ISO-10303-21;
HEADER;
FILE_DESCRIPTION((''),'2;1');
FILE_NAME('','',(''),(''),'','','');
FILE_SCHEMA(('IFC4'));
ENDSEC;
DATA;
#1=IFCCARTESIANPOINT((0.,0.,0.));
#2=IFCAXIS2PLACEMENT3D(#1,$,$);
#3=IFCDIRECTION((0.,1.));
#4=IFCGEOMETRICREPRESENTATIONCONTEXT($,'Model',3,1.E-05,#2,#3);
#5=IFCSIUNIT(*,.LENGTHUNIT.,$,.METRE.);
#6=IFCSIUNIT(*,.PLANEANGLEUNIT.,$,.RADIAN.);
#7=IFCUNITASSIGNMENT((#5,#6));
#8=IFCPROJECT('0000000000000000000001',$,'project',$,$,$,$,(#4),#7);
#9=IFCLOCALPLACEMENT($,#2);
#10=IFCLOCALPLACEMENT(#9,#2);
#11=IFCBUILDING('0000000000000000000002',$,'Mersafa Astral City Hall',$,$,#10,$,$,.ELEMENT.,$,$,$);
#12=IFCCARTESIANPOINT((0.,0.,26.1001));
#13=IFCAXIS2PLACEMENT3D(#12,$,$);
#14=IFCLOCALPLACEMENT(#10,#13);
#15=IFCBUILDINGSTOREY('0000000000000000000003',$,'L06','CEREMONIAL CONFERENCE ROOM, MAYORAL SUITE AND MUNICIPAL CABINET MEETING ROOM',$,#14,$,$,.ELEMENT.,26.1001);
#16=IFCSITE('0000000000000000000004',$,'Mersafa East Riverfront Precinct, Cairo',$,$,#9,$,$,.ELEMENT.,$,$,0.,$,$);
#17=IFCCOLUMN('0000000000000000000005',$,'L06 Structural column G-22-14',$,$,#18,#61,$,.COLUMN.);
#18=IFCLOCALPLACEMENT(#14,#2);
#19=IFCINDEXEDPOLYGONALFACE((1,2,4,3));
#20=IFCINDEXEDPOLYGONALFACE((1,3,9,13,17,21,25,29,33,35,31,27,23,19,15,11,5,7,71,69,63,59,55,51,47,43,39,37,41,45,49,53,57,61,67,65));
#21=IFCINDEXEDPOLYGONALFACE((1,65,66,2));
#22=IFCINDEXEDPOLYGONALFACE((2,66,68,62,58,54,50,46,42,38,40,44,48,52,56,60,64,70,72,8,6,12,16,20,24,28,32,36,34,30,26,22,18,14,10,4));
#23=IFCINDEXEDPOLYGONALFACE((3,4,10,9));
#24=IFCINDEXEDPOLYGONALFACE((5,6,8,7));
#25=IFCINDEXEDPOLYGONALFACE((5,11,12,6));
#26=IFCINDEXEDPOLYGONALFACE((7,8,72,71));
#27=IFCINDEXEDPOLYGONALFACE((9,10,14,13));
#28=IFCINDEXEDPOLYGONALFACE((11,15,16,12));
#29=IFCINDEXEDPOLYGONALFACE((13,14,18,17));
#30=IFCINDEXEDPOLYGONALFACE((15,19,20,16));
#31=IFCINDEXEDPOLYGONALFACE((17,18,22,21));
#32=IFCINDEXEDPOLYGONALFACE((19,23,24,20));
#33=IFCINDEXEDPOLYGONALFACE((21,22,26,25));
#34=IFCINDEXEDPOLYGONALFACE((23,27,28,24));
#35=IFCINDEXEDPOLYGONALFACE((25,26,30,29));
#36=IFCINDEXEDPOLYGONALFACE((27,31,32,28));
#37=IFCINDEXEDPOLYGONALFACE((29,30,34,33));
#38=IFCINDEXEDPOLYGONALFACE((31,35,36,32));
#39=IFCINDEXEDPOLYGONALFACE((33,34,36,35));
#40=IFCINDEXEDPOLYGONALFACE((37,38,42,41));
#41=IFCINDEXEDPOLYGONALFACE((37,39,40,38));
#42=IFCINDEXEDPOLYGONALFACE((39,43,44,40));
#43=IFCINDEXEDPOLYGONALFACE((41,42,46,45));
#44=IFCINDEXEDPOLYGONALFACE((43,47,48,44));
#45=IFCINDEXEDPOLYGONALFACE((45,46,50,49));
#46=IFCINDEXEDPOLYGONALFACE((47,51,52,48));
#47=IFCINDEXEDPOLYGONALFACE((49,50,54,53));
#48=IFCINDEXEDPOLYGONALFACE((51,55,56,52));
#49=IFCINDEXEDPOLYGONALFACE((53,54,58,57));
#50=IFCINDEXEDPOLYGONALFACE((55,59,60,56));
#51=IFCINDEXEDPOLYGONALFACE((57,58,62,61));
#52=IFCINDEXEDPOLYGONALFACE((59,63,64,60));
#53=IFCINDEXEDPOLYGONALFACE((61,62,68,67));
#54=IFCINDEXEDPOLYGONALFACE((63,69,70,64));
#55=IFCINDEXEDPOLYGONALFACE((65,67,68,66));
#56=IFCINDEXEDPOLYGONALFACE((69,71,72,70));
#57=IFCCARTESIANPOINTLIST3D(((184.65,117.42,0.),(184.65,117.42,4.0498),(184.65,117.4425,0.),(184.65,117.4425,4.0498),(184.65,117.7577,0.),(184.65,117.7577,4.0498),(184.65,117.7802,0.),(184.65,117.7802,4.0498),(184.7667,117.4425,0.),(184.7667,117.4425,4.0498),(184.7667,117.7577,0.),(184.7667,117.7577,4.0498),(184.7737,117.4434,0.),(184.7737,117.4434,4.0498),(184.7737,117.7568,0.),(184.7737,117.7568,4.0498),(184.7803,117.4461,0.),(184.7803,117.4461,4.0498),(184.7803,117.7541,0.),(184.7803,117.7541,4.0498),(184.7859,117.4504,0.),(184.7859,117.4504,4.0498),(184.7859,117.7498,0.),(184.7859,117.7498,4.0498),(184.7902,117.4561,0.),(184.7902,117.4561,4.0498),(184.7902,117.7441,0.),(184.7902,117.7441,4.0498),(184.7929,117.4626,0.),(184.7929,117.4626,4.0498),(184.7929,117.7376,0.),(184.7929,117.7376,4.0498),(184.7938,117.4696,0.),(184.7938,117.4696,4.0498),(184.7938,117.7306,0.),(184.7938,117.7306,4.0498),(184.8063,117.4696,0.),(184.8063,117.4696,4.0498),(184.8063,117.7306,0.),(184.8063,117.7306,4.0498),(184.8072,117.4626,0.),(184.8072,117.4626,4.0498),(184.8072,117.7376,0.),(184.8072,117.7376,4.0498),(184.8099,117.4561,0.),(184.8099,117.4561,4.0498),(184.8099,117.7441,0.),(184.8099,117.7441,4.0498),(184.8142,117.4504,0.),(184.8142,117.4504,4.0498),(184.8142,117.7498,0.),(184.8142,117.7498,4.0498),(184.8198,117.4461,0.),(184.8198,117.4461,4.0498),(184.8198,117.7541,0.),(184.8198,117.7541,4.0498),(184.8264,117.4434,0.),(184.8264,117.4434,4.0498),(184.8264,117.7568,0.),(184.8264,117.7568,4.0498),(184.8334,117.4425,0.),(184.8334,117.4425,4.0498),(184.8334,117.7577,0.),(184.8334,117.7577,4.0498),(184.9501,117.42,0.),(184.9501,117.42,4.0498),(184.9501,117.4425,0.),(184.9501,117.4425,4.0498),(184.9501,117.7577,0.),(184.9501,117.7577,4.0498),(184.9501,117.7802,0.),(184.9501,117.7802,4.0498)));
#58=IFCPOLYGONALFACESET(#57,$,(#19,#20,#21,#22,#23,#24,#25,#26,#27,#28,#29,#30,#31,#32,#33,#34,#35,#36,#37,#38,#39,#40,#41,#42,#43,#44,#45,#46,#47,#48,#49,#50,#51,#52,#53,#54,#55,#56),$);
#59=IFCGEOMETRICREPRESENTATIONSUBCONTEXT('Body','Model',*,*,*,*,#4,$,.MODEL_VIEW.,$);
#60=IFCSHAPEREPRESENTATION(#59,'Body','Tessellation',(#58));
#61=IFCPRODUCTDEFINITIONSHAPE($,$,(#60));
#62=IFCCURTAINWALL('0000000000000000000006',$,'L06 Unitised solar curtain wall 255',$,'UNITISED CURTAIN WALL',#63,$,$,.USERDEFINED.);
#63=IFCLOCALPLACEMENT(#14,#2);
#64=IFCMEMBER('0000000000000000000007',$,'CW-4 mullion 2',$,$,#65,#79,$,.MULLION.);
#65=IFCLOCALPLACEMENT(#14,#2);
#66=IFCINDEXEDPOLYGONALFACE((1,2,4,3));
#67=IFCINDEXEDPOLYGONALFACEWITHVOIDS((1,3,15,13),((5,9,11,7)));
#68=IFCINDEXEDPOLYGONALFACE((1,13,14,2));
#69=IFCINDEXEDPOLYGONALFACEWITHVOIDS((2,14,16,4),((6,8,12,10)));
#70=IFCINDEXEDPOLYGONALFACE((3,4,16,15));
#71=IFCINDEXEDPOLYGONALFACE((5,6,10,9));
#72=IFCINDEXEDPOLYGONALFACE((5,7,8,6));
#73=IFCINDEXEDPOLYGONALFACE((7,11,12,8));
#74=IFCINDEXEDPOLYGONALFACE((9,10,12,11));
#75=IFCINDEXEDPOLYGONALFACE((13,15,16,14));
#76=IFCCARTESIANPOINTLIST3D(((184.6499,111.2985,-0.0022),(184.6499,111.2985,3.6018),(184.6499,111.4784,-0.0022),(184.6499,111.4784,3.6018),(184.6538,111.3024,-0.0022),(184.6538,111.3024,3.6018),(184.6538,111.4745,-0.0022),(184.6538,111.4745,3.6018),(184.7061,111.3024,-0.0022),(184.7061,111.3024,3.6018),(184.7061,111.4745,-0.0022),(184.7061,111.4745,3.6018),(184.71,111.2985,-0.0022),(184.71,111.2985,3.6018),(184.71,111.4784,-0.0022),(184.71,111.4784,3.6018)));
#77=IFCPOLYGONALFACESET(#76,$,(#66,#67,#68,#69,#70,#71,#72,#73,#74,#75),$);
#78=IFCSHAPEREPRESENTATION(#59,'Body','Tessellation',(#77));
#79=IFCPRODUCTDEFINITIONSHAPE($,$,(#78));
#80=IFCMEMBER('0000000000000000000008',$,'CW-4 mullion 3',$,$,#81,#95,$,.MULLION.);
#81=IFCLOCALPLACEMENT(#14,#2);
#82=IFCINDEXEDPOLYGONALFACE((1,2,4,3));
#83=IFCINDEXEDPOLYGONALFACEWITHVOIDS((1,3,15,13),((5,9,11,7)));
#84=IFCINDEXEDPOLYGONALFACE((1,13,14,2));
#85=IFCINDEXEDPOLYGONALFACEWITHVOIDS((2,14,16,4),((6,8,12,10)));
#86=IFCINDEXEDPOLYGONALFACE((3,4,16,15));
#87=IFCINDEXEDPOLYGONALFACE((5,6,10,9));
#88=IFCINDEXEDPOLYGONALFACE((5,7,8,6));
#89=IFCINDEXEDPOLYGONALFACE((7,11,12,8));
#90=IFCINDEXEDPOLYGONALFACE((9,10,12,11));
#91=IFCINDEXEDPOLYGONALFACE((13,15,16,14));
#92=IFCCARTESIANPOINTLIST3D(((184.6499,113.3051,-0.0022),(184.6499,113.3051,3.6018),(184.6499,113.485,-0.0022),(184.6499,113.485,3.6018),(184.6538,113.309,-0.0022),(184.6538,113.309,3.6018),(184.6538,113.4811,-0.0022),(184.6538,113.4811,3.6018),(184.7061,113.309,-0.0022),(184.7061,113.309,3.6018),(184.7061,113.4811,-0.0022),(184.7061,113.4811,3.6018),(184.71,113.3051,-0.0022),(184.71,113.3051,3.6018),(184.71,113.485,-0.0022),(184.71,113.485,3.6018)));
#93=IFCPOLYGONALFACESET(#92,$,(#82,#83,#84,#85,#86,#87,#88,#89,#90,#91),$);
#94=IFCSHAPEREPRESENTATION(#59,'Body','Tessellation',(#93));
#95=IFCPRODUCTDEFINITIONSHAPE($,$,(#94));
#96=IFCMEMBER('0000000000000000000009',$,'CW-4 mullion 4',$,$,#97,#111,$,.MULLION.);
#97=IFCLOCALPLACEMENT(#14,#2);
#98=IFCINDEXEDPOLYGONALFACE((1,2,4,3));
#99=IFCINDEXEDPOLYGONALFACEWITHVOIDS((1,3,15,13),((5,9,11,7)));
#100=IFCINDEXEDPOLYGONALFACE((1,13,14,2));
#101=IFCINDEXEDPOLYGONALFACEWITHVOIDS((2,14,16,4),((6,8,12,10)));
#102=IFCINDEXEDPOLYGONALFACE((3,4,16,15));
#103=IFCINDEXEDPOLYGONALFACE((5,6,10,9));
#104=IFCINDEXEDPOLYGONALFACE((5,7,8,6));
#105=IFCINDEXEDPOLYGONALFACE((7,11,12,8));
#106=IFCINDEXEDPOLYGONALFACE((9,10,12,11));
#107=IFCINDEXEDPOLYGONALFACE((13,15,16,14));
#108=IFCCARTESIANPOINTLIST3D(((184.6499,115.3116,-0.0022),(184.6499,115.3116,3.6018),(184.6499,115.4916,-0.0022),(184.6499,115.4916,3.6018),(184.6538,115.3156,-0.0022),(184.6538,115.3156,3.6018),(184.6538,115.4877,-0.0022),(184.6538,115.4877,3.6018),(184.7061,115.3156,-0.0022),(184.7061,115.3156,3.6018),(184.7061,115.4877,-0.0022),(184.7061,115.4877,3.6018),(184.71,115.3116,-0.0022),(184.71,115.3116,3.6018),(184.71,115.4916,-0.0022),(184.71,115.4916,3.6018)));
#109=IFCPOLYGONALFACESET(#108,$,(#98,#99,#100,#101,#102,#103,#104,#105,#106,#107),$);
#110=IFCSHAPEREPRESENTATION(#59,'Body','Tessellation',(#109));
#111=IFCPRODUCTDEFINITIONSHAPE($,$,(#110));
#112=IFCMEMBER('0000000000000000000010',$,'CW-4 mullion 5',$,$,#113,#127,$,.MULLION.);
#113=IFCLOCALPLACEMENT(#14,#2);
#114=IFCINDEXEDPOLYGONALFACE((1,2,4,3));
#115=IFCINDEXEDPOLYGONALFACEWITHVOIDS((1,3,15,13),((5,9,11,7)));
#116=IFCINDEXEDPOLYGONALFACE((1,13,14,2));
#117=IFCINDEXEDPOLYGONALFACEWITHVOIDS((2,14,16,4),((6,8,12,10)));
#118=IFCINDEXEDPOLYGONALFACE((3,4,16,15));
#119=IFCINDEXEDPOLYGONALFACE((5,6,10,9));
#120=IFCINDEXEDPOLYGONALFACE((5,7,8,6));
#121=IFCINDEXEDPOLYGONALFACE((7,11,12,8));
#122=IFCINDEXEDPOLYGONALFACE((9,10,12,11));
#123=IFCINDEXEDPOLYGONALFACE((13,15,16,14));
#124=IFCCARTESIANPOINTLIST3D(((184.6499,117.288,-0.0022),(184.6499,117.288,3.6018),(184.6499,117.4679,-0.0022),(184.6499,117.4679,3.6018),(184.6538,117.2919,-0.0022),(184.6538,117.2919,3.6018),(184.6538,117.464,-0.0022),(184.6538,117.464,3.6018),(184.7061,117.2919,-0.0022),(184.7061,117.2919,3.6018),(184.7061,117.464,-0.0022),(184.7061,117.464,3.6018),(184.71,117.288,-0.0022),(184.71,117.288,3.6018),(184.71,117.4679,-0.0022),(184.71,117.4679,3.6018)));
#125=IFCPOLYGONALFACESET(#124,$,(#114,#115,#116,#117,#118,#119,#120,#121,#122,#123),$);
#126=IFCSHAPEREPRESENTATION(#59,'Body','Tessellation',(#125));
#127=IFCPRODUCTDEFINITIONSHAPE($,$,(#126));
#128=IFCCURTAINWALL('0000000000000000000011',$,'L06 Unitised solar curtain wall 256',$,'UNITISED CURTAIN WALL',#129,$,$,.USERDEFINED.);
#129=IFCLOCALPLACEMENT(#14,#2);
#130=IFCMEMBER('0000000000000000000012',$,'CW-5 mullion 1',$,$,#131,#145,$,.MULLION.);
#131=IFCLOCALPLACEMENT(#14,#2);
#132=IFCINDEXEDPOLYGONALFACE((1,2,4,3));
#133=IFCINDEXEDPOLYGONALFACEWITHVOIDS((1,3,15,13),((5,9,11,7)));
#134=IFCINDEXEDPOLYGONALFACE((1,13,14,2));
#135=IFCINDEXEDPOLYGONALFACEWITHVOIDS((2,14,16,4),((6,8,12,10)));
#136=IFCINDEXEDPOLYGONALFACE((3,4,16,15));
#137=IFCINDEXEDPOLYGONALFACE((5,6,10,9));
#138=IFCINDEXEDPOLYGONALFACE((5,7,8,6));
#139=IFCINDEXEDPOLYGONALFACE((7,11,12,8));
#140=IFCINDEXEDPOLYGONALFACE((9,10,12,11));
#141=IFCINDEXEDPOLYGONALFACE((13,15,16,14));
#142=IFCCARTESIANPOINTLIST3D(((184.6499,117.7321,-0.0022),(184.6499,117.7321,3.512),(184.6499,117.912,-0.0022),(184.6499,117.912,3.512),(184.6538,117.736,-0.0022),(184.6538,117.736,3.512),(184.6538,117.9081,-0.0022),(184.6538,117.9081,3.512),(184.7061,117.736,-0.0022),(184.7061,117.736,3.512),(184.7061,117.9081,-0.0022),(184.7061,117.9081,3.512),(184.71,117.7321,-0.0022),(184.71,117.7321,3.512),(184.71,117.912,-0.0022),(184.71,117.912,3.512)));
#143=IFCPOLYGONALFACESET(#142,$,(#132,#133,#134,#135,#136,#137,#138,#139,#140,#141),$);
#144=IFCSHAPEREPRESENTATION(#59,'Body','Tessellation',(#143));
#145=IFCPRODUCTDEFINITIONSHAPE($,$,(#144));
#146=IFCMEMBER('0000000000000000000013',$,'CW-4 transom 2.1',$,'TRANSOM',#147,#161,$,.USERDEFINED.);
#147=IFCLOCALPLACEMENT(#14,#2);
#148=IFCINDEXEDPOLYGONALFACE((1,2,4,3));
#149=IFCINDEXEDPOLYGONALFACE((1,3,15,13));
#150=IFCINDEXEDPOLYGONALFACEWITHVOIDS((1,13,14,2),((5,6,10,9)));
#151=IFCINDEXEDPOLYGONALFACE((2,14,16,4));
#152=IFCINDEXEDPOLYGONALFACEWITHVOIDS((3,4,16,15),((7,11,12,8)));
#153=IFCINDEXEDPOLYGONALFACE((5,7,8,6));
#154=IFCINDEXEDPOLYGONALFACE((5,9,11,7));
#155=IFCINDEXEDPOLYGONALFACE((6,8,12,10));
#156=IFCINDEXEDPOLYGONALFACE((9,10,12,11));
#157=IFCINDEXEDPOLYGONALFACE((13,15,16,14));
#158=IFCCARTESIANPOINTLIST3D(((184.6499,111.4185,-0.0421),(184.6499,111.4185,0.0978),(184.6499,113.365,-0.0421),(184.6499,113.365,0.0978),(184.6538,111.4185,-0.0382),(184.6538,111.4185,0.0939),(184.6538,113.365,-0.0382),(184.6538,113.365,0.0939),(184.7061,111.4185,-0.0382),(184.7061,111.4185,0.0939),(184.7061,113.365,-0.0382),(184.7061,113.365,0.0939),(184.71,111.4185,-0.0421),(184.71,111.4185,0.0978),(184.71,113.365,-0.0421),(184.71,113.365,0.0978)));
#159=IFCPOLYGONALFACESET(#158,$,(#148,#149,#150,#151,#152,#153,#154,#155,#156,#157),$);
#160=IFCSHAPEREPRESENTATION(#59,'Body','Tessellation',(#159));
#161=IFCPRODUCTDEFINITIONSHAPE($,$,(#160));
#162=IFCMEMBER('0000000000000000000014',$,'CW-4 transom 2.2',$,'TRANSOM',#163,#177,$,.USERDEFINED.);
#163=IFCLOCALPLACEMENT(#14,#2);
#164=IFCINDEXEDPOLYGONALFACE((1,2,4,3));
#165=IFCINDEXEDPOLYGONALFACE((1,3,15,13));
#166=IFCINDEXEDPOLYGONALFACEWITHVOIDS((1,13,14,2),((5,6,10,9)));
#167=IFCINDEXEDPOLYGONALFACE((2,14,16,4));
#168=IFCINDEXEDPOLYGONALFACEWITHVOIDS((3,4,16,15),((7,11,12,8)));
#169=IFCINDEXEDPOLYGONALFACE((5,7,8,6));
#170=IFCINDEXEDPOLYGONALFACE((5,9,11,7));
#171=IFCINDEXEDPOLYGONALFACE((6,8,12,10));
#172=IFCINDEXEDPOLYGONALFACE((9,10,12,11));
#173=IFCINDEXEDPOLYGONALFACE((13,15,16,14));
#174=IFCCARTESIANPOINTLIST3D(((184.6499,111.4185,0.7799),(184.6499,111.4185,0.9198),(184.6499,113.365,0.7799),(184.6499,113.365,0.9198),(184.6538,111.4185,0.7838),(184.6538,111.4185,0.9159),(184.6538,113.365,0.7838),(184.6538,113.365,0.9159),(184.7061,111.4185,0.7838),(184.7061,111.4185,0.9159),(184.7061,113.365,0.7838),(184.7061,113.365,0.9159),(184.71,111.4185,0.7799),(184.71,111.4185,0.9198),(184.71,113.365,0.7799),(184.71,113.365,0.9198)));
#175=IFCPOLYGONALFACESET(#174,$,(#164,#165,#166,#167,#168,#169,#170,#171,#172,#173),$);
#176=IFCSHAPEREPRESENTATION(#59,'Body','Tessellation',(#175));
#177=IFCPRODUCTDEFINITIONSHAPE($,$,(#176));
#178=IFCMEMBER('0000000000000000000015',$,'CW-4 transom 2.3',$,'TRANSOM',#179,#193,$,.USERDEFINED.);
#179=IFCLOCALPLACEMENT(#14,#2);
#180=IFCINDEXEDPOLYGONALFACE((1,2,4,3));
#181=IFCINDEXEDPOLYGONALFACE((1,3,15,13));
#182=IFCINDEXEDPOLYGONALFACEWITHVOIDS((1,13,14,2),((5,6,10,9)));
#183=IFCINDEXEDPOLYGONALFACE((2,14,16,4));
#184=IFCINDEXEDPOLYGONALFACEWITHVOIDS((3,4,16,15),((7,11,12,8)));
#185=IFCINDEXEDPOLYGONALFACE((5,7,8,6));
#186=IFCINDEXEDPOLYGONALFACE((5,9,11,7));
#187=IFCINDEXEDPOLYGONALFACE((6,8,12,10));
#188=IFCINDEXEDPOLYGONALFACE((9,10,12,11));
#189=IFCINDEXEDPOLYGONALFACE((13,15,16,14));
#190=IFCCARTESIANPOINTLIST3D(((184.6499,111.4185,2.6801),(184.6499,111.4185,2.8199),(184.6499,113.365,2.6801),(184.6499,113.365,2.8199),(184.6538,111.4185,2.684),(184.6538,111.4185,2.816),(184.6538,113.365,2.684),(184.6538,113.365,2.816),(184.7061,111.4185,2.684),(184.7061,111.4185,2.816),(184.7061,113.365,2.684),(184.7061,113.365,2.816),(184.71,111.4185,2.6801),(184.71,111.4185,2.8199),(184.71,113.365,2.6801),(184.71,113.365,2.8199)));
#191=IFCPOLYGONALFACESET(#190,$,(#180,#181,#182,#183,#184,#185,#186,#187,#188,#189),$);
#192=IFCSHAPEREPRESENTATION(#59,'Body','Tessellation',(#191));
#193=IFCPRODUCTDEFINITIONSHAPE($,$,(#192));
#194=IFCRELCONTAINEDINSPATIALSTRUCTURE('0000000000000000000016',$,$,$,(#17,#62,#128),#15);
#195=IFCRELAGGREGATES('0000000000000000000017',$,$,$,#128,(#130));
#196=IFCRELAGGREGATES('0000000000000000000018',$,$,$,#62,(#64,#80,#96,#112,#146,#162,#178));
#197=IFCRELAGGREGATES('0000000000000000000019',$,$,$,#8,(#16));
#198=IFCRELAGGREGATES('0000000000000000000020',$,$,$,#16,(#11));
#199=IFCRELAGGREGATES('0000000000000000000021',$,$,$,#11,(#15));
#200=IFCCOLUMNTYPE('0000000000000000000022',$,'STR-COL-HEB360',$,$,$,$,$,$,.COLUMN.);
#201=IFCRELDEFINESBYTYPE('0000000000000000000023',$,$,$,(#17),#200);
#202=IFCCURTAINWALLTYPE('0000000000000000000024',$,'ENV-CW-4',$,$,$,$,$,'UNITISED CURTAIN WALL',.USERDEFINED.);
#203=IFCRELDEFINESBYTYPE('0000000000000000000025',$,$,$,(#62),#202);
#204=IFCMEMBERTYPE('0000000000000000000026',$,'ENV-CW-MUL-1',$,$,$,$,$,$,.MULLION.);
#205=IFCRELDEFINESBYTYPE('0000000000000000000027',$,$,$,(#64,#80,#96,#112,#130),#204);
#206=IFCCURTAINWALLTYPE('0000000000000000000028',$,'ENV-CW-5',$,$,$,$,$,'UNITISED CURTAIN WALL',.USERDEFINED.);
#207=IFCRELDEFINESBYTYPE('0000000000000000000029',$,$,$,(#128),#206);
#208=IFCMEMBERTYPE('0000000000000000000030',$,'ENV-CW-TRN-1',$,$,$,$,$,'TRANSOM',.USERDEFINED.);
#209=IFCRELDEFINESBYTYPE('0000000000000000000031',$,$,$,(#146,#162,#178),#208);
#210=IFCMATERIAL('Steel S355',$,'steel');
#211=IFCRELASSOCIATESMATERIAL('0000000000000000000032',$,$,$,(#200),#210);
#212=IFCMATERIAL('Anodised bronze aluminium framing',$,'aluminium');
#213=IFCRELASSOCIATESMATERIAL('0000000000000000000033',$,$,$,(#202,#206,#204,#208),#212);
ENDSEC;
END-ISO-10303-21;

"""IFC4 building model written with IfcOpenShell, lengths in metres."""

from ifc_helpers import new_model, si_unit, direction, frame, origin, origin_2d, place, context, subcontext, project, spatial, hollow_rectangle, i_section, extrude, material, material_profile, profile_set, type_object, element, aggregate, save


model = new_model("IFC4")

# Units and contexts
model_context = context("Model", 3, precision=1e-05, world=origin(), true_north=direction((0.0, 1.0)))
body_context = subcontext(model_context, "Body", "Model", "MODEL_VIEW")
ifc_project = project(units=[si_unit("LENGTHUNIT", "METRE"), si_unit("PLANEANGLEUNIT", "RADIAN")], contexts=[model_context])

# Site, building, storey
site_placement = place(None, origin())
site = spatial("IfcSite", under=ifc_project, at=site_placement, Name="Mersafa East Riverfront Precinct, Cairo", CompositionType="ELEMENT", RefElevation=0.0)
building_placement = place(site_placement, origin())
building = spatial("IfcBuilding", under=site, at=building_placement, Name="Mersafa Astral City Hall", CompositionType="ELEMENT")
storey_placement = place(building_placement, frame((0.0, 0.0, 26.1001)))
storey = spatial("IfcBuildingStorey", under=building, at=storey_placement, Name="L06", Description="CEREMONIAL CONFERENCE ROOM, MAYORAL SUITE AND MUNICIPAL CABINET MEETING ROOM", CompositionType="ELEMENT", Elevation=26.1001)

# Column
ifc_material_1 = material(Name="Steel S355", Category="steel")
ifc_material_profile_1 = material_profile(ifc_material_1, i_section(OverallWidth=0.3, OverallDepth=0.3601, WebThickness=0.0125, FlangeThickness=0.0225, FilletRadius=0.0271, at=origin_2d()), Name="HEB 360")
ifc_profile_set_1 = profile_set([ifc_material_profile_1], Name="Steel S355")
column_type = type_object("IfcColumnType", Name="STR-COL-HEB360", PredefinedType="COLUMN", material=ifc_profile_set_1)
column_placement = place(storey_placement, frame((184.8, 117.6001, 0.0), z_axis=(0.0, 0.0, 1.0), x_axis=(1.0, 0.0, 0.0)))
element("IfcColumn", 1, at=column_placement, inside=storey, type_object=column_type, Name="L06 Structural column G-22-14", PredefinedType="COLUMN", context=body_context, shape_type="SweptSolid", body=[
    extrude(i_section(OverallWidth=0.3, OverallDepth=0.3601, WebThickness=0.0125, FlangeThickness=0.0225, FilletRadius=0.0271, at=origin_2d()), origin(), (0.0, 0.0, 1.0), 4.0498),
])

# Curtain wall, members
ifc_material_2 = material(Name="Anodised bronze aluminium framing", Category="aluminium")
curtain_wall_type_1 = type_object("IfcCurtainWallType", Name="ENV-CW-4", ElementType="UNITISED CURTAIN WALL", PredefinedType="USERDEFINED", material=ifc_material_2)
curtain_wall_1_placement = place(storey_placement, origin())
curtain_wall_1 = element("IfcCurtainWall", 2, at=curtain_wall_1_placement, inside=storey, type_object=curtain_wall_type_1, Name="L06 Unitised solar curtain wall 255", ObjectType="UNITISED CURTAIN WALL", PredefinedType="USERDEFINED")
ifc_material_profile_2 = material_profile(ifc_material_2, hollow_rectangle(XDim=0.0601, YDim=0.1799, WallThickness=0.0039, at=origin_2d()), Name="RHS 60x180x4")
ifc_profile_set_2 = profile_set([ifc_material_profile_2], Name="Anodised bronze aluminium framing")
member_type_1 = type_object("IfcMemberType", Name="ENV-CW-MUL-1", PredefinedType="MULLION", material=ifc_profile_set_2)
member_1_placement = place(storey_placement, frame((184.6799, 111.3884, -0.0022), z_axis=(0.0, 0.0, 1.0), x_axis=(-1.0, 0.0, 0.0)))
member_1 = element("IfcMember", 3, at=member_1_placement, type_object=member_type_1, Name="CW-4 mullion 2", PredefinedType="MULLION", context=body_context, shape_type="SweptSolid", body=[
    extrude(hollow_rectangle(XDim=0.0601, YDim=0.1799, WallThickness=0.0039, at=origin_2d()), origin(), (0.0, 0.0, 1.0), 3.604),
])
member_2_placement = place(storey_placement, frame((184.6799, 113.395, -0.0022), z_axis=(0.0, 0.0, 1.0), x_axis=(-1.0, 0.0, 0.0)))
member_2 = element("IfcMember", 4, at=member_2_placement, type_object=member_type_1, Name="CW-4 mullion 3", PredefinedType="MULLION", context=body_context, shape_type="SweptSolid", body=[
    extrude(hollow_rectangle(XDim=0.0601, YDim=0.1799, WallThickness=0.0039, at=origin_2d()), origin(), (0.0, 0.0, 1.0), 3.604),
])
member_3_placement = place(storey_placement, frame((184.6799, 115.4016, -0.0022), z_axis=(0.0, 0.0, 1.0), x_axis=(-1.0, 0.0, 0.0)))
member_3 = element("IfcMember", 5, at=member_3_placement, type_object=member_type_1, Name="CW-4 mullion 4", PredefinedType="MULLION", context=body_context, shape_type="SweptSolid", body=[
    extrude(hollow_rectangle(XDim=0.0601, YDim=0.1799, WallThickness=0.0039, at=origin_2d()), origin(), (0.0, 0.0, 1.0), 3.604),
])
member_4_placement = place(storey_placement, frame((184.6799, 117.3779, -0.0022), z_axis=(0.0, 0.0, 1.0), x_axis=(-1.0, 0.0, 0.0)))
member_4 = element("IfcMember", 6, at=member_4_placement, type_object=member_type_1, Name="CW-4 mullion 5", PredefinedType="MULLION", context=body_context, shape_type="SweptSolid", body=[
    extrude(hollow_rectangle(XDim=0.0601, YDim=0.1799, WallThickness=0.0039, at=origin_2d()), origin(), (0.0, 0.0, 1.0), 3.604),
])

# Curtain wall, member
curtain_wall_type_2 = type_object("IfcCurtainWallType", Name="ENV-CW-5", ElementType="UNITISED CURTAIN WALL", PredefinedType="USERDEFINED", material=ifc_material_2)
curtain_wall_2_placement = place(storey_placement, origin())
curtain_wall_2 = element("IfcCurtainWall", 7, at=curtain_wall_2_placement, inside=storey, type_object=curtain_wall_type_2, Name="L06 Unitised solar curtain wall 256", ObjectType="UNITISED CURTAIN WALL", PredefinedType="USERDEFINED")
member_5_placement = place(storey_placement, frame((184.6799, 117.822, -0.0022), z_axis=(0.0, 0.0, 1.0), x_axis=(-1.0, 0.0, 0.0)))
member_5 = element("IfcMember", 8, at=member_5_placement, type_object=member_type_1, Name="CW-5 mullion 1", PredefinedType="MULLION", context=body_context, shape_type="SweptSolid", body=[
    extrude(hollow_rectangle(XDim=0.0601, YDim=0.1799, WallThickness=0.0039, at=origin_2d()), origin(), (0.0, 0.0, 1.0), 3.5142),
])
aggregate(curtain_wall_2, [member_5])

# Members
ifc_material_profile_3 = material_profile(ifc_material_2, hollow_rectangle(XDim=0.0601, YDim=0.1399, WallThickness=0.0039, at=origin_2d()), Name="RHS 60x140x4")
ifc_profile_set_3 = profile_set([ifc_material_profile_3], Name="Anodised bronze aluminium framing")
member_type_2 = type_object("IfcMemberType", Name="ENV-CW-TRN-1", ElementType="TRANSOM", PredefinedType="USERDEFINED", material=ifc_profile_set_3)
member_6_placement = place(storey_placement, frame((184.6799, 111.4185, 0.0278), z_axis=(0.0, 1.0, 0.0), x_axis=(-1.0, 0.0, 0.0)))
member_6 = element("IfcMember", 9, at=member_6_placement, type_object=member_type_2, Name="CW-4 transom 2.1", ObjectType="TRANSOM", PredefinedType="USERDEFINED", context=body_context, shape_type="SweptSolid", body=[
    extrude(hollow_rectangle(XDim=0.0601, YDim=0.1399, WallThickness=0.0039, at=origin_2d()), origin(), (0.0, 0.0, 1.0), 1.9465),
])
member_7_placement = place(storey_placement, frame((184.6799, 111.4185, 0.8499), z_axis=(0.0, 1.0, 0.0), x_axis=(-1.0, 0.0, 0.0)))
member_7 = element("IfcMember", 10, at=member_7_placement, type_object=member_type_2, Name="CW-4 transom 2.2", ObjectType="TRANSOM", PredefinedType="USERDEFINED", context=body_context, shape_type="SweptSolid", body=[
    extrude(hollow_rectangle(XDim=0.0601, YDim=0.1399, WallThickness=0.0039, at=origin_2d()), origin(), (0.0, 0.0, 1.0), 1.9465),
])
member_8_placement = place(storey_placement, frame((184.6799, 111.4185, 2.75), z_axis=(0.0, 1.0, 0.0), x_axis=(-1.0, 0.0, 0.0)))
member_8 = element("IfcMember", 11, at=member_8_placement, type_object=member_type_2, Name="CW-4 transom 2.3", ObjectType="TRANSOM", PredefinedType="USERDEFINED", context=body_context, shape_type="SweptSolid", body=[
    extrude(hollow_rectangle(XDim=0.0601, YDim=0.1399, WallThickness=0.0039, at=origin_2d()), origin(), (0.0, 0.0, 1.0), 1.9465),
])

aggregate(curtain_wall_1, [member_1, member_2, member_3, member_4, member_6, member_7, member_8])

save(model, "model.ifc")
